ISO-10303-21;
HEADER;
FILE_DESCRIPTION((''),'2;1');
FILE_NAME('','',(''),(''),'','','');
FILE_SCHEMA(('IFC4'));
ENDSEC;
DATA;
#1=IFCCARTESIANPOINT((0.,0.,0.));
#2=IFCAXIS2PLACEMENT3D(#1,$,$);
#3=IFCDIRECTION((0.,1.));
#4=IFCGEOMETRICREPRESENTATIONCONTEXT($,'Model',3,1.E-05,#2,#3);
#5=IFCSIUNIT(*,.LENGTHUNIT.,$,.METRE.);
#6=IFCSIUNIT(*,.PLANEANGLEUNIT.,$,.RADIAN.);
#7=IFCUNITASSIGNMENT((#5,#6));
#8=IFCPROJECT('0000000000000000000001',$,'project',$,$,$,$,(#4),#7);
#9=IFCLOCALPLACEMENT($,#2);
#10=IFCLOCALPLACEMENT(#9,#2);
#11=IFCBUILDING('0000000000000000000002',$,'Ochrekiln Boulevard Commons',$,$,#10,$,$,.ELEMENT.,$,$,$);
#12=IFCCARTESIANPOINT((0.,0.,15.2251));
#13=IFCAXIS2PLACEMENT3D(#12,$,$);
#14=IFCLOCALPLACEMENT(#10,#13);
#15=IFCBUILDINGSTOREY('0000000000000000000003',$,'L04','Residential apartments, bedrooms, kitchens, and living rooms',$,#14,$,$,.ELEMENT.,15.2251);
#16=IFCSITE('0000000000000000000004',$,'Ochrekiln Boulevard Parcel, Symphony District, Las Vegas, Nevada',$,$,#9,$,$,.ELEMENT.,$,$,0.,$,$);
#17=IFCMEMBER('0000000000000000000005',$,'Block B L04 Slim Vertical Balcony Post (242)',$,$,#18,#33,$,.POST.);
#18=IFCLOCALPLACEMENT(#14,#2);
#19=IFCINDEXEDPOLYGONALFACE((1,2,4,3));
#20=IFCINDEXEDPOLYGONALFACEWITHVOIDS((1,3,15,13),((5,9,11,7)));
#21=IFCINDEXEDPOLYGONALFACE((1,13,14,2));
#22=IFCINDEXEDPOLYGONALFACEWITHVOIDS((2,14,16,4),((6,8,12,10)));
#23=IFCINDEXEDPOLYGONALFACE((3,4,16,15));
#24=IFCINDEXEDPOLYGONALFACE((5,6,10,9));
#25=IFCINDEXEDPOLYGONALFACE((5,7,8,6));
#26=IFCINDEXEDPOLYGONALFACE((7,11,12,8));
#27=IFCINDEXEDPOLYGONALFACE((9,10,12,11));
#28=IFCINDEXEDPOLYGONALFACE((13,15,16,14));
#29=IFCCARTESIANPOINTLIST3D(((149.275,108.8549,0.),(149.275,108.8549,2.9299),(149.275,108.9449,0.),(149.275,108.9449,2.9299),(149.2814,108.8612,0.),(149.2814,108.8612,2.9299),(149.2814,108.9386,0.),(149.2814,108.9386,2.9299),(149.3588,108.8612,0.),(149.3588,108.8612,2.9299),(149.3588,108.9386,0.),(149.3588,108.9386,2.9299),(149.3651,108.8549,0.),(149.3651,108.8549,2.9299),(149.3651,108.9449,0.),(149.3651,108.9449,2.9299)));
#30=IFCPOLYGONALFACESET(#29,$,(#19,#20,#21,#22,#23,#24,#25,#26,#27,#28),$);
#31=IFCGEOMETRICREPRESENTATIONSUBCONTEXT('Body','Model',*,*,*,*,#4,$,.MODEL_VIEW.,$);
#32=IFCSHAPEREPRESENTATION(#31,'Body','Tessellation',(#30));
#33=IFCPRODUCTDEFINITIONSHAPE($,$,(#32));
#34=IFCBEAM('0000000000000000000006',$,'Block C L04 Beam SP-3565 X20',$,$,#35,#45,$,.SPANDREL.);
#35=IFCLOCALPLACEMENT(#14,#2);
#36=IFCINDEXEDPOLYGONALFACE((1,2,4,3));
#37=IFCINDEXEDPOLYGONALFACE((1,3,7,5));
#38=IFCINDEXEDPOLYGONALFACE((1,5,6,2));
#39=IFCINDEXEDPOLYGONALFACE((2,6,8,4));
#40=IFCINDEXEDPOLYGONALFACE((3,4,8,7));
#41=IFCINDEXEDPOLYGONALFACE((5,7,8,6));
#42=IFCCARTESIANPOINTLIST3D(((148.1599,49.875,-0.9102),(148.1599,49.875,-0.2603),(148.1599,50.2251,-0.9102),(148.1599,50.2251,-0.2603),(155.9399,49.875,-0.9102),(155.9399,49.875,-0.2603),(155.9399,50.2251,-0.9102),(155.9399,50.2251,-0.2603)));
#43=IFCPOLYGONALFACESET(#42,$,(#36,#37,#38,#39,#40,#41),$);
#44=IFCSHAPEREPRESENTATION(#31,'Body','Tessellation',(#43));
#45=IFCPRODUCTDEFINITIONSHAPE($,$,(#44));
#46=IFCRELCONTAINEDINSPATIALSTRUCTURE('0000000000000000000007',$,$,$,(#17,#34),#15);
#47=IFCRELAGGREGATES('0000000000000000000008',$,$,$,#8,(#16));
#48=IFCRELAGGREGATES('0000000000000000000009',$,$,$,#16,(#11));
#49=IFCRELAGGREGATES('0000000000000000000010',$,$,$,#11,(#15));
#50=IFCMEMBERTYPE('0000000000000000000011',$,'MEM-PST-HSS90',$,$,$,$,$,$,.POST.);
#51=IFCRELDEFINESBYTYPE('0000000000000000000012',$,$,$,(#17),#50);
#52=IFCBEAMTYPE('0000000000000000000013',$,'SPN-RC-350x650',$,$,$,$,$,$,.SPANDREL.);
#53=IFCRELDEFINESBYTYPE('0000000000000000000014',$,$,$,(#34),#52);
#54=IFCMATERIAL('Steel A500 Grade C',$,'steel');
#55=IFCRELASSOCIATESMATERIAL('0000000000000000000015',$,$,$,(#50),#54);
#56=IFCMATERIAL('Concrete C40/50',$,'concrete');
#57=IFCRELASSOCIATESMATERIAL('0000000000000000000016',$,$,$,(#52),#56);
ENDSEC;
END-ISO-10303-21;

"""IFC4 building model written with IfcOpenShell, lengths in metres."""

from ifc_helpers import new_model, si_unit, direction, frame, origin, origin_2d, place, context, subcontext, project, spatial, rectangle, hollow_rectangle, extrude, material, material_profile, profile_set, type_object, element, save


model = new_model("IFC4")

# Units and contexts
model_context = context("Model", 3, precision=1e-05, world=origin(), true_north=direction((0.0, 1.0)))
body_context = subcontext(model_context, "Body", "Model", "MODEL_VIEW")
ifc_project = project(units=[si_unit("LENGTHUNIT", "METRE"), si_unit("PLANEANGLEUNIT", "RADIAN")], contexts=[model_context])

# Site, building, storey
site_placement = place(None, origin())
site = spatial("IfcSite", under=ifc_project, at=site_placement, Name="Ochrekiln Boulevard Parcel, Symphony District, Las Vegas, Nevada", CompositionType="ELEMENT", RefElevation=0.0)
building_placement = place(site_placement, origin())
building = spatial("IfcBuilding", under=site, at=building_placement, Name="Ochrekiln Boulevard Commons", CompositionType="ELEMENT")
storey_placement = place(building_placement, frame((0.0, 0.0, 15.2251)))
storey = spatial("IfcBuildingStorey", under=building, at=storey_placement, Name="L04", Description="Residential apartments, bedrooms, kitchens, and living rooms", CompositionType="ELEMENT", Elevation=15.2251)

# Shared definitions
ifc_material_1 = material(Name="Concrete C40/50", Category="concrete")

# Member
ifc_material_2 = material(Name="Steel A500 Grade C", Category="steel")
ifc_material_profile_1 = material_profile(ifc_material_2, hollow_rectangle(XDim=0.0901, YDim=0.0901, WallThickness=0.0063, at=origin_2d()), Name="HSS90X90X6.4")
ifc_profile_set_1 = profile_set([ifc_material_profile_1], Name="Steel A500 Grade C")
member_type_1 = type_object("IfcMemberType", Name="MEM-PST-HSS90", PredefinedType="POST", material=ifc_profile_set_1)
for number, where, z_axis, x_axis, name in (
    (1, (149.3201, 108.8999, 0.0), (0.0, 0.0, 1.0), (1.0, 0.0, 0.0), "Block B L04 Slim Vertical Balcony Post (242)"),
):
    element("IfcMember", number, at=place(storey_placement, frame(where, z_axis=z_axis, x_axis=x_axis)), inside=storey, type_object=member_type_1, Name=name, PredefinedType="POST", context=body_context, shape_type="SweptSolid", body=[
        extrude(hollow_rectangle(XDim=0.0901, YDim=0.0901, WallThickness=0.0063, at=origin_2d()), origin(), (0.0, 0.0, 1.0), 2.9299),
    ])

# Beam
ifc_material_profile_2 = material_profile(ifc_material_1, rectangle(XDim=0.3501, YDim=0.6499, at=origin_2d()), Name="RC-SPN-350x650")
ifc_profile_set_2 = profile_set([ifc_material_profile_2], Name="Concrete C40/50")
beam_type_1 = type_object("IfcBeamType", Name="SPN-RC-350x650", PredefinedType="SPANDREL", material=ifc_profile_set_2)
beam_placement = place(storey_placement, frame((148.1599, 50.05, -0.5852), z_axis=(1.0, 0.0, 0.0), x_axis=(0.0, 1.0, 0.0)))
element("IfcBeam", 2, at=beam_placement, inside=storey, type_object=beam_type_1, Name="Block C L04 Beam SP-3565 X20", PredefinedType="SPANDREL", context=body_context, shape_type="SweptSolid", body=[
    extrude(rectangle(XDim=0.3501, YDim=0.6499, at=origin_2d()), origin(), (0.0, 0.0, 1.0), 7.78),
])

save(model, "model.ifc")
